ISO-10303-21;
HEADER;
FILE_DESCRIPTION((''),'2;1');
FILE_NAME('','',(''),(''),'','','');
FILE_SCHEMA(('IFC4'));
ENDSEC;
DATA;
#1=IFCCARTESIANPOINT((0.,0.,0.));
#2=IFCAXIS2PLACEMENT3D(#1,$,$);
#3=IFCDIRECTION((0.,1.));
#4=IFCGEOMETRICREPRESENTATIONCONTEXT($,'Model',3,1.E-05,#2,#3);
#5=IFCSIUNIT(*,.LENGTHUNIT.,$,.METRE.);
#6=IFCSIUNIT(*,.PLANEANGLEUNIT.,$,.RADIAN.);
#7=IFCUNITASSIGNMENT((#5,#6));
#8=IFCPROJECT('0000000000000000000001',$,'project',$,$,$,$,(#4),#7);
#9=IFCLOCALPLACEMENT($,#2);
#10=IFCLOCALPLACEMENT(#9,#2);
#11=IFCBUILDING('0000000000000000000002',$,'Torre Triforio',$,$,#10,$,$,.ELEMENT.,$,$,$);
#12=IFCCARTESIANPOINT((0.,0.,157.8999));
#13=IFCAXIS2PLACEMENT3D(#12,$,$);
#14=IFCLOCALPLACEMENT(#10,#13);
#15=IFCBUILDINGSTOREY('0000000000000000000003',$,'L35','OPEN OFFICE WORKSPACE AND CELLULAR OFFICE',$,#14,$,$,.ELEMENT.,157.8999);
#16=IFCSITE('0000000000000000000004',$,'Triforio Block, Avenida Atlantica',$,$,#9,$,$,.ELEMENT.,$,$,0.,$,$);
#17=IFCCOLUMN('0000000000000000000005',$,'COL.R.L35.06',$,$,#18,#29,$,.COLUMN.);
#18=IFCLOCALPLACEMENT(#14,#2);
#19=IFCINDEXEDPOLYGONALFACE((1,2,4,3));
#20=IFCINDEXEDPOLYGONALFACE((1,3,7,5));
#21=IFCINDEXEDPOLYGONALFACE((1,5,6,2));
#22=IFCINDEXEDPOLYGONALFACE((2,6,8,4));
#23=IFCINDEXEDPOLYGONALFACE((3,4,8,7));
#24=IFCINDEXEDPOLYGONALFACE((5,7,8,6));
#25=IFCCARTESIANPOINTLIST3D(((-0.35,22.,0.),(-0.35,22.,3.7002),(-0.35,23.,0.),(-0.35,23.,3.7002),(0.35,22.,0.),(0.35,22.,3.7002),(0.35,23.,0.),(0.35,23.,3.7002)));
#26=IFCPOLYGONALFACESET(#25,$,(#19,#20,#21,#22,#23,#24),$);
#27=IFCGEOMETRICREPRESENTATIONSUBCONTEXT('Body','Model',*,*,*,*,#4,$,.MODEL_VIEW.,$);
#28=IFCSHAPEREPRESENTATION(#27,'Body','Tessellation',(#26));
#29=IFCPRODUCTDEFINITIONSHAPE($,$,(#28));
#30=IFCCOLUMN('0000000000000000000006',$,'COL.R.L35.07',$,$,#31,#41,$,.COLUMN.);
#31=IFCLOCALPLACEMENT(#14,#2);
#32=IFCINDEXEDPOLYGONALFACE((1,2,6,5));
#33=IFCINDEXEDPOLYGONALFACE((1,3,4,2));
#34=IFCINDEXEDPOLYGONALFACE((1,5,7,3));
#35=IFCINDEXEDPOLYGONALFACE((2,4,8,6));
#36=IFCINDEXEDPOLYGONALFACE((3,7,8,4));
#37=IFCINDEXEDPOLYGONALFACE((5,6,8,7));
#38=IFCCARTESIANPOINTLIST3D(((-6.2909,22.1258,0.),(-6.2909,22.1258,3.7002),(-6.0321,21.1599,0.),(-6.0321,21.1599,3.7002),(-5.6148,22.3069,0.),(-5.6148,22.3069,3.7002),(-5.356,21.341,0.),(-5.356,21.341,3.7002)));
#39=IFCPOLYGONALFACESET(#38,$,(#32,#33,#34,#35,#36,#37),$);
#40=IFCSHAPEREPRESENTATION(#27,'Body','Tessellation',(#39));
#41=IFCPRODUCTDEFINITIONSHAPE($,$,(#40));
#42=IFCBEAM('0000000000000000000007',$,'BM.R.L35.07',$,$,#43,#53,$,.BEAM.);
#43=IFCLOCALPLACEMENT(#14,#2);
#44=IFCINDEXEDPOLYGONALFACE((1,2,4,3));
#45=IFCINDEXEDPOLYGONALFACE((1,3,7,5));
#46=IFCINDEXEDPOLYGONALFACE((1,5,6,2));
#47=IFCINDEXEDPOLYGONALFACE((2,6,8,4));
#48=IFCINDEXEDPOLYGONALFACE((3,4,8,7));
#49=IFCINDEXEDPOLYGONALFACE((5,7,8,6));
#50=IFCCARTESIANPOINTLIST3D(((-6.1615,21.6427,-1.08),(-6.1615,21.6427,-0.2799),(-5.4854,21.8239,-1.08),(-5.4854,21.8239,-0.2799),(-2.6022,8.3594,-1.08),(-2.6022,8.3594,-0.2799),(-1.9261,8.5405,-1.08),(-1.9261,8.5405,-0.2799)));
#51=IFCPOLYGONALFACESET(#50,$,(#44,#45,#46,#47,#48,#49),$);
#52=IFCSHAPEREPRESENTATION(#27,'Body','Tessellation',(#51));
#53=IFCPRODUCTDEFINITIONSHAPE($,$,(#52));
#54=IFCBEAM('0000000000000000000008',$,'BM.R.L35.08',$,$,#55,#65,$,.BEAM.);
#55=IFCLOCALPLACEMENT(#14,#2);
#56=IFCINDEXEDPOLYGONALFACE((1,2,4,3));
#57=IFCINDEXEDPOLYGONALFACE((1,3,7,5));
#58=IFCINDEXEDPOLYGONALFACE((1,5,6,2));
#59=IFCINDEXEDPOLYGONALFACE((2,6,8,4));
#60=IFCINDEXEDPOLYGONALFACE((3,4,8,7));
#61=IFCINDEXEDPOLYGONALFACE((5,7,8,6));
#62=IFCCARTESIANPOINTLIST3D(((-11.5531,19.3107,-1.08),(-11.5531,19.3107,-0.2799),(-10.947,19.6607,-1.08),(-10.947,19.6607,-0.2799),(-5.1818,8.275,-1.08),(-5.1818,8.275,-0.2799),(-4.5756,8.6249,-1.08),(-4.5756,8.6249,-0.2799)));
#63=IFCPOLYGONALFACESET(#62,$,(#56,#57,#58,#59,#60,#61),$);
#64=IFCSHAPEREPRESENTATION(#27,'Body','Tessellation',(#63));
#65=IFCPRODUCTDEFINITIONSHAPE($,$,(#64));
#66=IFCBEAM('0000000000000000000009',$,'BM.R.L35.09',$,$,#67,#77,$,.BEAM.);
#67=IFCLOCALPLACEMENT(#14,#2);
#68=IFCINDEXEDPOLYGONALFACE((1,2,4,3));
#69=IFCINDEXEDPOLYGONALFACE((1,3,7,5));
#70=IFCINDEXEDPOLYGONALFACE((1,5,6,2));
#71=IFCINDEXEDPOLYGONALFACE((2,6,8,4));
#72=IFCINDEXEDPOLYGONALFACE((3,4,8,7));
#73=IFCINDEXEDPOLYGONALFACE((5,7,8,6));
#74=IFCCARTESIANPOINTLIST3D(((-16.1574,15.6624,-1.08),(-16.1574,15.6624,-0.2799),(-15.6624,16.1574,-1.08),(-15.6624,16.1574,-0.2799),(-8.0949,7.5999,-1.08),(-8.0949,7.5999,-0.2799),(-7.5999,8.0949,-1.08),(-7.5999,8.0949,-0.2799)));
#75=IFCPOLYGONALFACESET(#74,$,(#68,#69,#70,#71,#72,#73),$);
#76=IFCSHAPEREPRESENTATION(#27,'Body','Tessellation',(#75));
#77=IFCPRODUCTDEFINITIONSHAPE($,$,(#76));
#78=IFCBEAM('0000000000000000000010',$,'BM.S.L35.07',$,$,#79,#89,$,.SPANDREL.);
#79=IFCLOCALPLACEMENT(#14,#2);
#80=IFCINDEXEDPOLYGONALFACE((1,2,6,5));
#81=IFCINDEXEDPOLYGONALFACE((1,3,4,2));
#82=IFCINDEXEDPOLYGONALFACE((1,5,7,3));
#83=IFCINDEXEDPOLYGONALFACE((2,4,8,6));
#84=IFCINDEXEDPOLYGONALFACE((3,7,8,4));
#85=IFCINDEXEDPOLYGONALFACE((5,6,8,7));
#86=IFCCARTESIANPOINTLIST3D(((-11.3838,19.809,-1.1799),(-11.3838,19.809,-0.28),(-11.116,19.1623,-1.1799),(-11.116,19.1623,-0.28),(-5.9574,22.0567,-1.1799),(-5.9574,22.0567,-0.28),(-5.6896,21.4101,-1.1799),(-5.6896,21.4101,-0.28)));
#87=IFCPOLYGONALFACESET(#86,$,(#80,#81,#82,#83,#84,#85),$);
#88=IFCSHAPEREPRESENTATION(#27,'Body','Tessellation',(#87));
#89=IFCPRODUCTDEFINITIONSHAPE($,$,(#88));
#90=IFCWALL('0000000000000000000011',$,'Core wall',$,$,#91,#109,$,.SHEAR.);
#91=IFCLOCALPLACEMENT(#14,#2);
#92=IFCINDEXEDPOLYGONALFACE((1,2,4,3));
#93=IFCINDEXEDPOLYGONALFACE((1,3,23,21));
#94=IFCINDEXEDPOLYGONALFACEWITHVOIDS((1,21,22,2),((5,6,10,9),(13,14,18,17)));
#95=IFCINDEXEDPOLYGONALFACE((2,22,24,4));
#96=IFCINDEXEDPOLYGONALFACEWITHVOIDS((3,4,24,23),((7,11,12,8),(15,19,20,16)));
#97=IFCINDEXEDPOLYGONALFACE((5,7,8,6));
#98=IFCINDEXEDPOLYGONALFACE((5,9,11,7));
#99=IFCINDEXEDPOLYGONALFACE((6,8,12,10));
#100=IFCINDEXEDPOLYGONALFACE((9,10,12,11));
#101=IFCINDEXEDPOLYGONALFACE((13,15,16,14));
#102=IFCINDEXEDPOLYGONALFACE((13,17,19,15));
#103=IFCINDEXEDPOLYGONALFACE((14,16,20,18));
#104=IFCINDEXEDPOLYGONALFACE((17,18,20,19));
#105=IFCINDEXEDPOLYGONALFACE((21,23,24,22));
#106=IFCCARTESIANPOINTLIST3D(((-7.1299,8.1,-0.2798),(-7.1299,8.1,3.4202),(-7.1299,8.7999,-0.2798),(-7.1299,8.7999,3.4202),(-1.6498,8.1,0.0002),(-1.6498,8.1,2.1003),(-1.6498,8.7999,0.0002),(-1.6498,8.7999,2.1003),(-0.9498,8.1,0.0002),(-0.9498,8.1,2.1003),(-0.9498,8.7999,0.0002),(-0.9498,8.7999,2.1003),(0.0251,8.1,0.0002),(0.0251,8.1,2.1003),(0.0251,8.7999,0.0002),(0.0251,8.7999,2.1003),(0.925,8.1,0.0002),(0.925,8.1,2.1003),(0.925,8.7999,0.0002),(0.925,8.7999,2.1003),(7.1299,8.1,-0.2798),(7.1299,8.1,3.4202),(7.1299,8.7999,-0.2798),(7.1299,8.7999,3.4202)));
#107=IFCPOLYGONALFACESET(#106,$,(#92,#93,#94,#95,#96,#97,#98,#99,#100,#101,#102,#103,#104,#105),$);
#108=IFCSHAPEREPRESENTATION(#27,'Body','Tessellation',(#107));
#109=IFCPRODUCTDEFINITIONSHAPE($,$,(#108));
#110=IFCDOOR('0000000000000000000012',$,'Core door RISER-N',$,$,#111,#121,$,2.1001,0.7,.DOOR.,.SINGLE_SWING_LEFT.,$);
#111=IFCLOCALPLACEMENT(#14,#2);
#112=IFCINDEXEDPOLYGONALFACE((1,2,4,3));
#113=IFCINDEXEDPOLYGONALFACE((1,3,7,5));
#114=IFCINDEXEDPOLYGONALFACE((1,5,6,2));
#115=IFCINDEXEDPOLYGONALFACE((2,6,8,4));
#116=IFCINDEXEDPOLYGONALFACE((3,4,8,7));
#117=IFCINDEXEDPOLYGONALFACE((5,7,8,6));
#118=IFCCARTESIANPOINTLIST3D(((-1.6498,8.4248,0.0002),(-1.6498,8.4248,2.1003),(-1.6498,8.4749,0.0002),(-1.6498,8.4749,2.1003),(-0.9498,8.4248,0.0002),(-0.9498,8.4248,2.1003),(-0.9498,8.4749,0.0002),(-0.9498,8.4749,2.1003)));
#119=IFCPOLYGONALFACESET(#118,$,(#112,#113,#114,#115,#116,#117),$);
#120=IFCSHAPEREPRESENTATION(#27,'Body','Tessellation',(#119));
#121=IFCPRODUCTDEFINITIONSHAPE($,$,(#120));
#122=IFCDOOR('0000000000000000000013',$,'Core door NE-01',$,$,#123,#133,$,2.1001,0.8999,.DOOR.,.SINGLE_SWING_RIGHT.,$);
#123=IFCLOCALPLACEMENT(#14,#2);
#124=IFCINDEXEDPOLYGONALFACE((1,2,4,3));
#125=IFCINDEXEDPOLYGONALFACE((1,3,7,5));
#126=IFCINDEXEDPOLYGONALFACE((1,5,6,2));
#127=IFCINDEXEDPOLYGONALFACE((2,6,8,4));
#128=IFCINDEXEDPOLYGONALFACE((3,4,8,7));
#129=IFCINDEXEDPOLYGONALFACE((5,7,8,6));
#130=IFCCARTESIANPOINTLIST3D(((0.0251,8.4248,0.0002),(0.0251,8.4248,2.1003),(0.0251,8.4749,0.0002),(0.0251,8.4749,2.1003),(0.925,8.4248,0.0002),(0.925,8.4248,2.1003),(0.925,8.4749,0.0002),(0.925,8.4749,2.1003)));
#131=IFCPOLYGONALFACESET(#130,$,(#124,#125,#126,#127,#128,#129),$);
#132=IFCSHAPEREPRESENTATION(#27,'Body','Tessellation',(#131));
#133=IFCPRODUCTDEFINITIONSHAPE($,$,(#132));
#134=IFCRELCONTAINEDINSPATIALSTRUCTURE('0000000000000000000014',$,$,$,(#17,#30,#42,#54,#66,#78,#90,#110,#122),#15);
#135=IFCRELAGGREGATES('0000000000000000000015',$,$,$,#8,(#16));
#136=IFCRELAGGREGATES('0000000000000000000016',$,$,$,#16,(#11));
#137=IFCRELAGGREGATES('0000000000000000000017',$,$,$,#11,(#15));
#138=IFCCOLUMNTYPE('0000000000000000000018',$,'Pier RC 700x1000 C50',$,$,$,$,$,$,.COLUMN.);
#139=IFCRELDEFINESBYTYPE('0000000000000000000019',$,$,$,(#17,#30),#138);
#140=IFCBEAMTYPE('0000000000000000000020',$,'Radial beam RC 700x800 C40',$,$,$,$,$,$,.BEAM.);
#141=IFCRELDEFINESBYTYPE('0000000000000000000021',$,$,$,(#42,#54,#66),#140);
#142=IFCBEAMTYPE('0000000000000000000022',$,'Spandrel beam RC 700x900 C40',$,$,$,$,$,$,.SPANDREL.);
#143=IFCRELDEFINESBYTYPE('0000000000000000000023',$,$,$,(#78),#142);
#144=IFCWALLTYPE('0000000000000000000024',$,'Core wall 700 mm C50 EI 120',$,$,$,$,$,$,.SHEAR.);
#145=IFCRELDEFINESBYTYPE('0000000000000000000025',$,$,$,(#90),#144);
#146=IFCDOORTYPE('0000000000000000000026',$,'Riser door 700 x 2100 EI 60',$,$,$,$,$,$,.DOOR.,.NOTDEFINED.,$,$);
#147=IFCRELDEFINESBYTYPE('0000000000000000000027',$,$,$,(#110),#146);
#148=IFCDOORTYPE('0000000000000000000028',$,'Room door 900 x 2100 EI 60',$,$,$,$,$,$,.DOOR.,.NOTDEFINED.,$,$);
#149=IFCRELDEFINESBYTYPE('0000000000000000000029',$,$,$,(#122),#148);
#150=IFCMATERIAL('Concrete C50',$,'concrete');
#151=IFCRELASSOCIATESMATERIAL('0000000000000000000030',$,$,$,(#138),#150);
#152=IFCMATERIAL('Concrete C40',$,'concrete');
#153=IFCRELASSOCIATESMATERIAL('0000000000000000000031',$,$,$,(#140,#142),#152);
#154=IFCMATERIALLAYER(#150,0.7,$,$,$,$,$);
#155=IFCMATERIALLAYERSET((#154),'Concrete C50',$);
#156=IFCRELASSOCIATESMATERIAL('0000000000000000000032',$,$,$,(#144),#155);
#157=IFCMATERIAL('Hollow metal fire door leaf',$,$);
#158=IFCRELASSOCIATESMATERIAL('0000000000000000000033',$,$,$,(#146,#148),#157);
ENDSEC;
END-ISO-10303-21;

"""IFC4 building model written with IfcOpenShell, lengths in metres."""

from ifc_helpers import new_model, si_unit, direction, frame, frame_2d, origin, origin_2d, place, context, subcontext, project, spatial, rectangle, extrude, material, layer, layer_set, material_profile, profile_set, type_object, element, fill, save


model = new_model("IFC4")

# Units and contexts
model_context = context("Model", 3, precision=1e-05, world=origin(), true_north=direction((0.0, 1.0)))
body_context = subcontext(model_context, "Body", "Model", "MODEL_VIEW")
ifc_project = project(units=[si_unit("LENGTHUNIT", "METRE"), si_unit("PLANEANGLEUNIT", "RADIAN")], contexts=[model_context])

# Site, building, storey
site_placement = place(None, origin())
site = spatial("IfcSite", under=ifc_project, at=site_placement, Name="Triforio Block, Avenida Atlantica", CompositionType="ELEMENT", RefElevation=0.0)
building_placement = place(site_placement, origin())
building = spatial("IfcBuilding", under=site, at=building_placement, Name="Torre Triforio", CompositionType="ELEMENT")
storey_placement = place(building_placement, frame((0.0, 0.0, 157.8999)))
storey = spatial("IfcBuildingStorey", under=building, at=storey_placement, Name="L35", Description="OPEN OFFICE WORKSPACE AND CELLULAR OFFICE", CompositionType="ELEMENT", Elevation=157.8999)

# Columns
ifc_material_1 = material(Name="Concrete C50", Category="concrete")
ifc_material_profile_1 = material_profile(ifc_material_1, rectangle(XDim=0.7, YDim=1.0, at=origin_2d()), Name="RC 700x1000")
ifc_profile_set_1 = profile_set([ifc_material_profile_1], Name="Concrete C50")
column_type = type_object("IfcColumnType", Name="Pier RC 700x1000 C50", PredefinedType="COLUMN", material=ifc_profile_set_1)
for number, where, z_axis, x_axis, name in (
    (1, (0.0, 22.5, 0.0), (0.0, 0.0, 1.0), (-1.0, 0.0, 0.0), "COL.R.L35.06"),
    (2, (-5.8235, 21.7334, 0.0), (0.0, 0.0, 1.0), (-0.965926, -0.258819, 0.0), "COL.R.L35.07"),
):
    element("IfcColumn", number, at=place(storey_placement, frame(where, z_axis=z_axis, x_axis=x_axis)), inside=storey, type_object=column_type, Name=name, PredefinedType="COLUMN", context=body_context, shape_type="SweptSolid", body=[
        extrude(rectangle(XDim=0.7, YDim=1.0, at=origin_2d()), origin(), (0.0, 0.0, 1.0), 3.7002),
    ])

# Beams
ifc_material_2 = material(Name="Concrete C40", Category="concrete")
ifc_material_profile_2 = material_profile(ifc_material_2, rectangle(XDim=0.7, YDim=0.8, at=origin_2d()), Name="RC 700x800")
ifc_profile_set_2 = profile_set([ifc_material_profile_2], Name="Concrete C40")
beam_type_1 = type_object("IfcBeamType", Name="Radial beam RC 700x800 C40", PredefinedType="BEAM", material=ifc_profile_set_2)
beam_1_placement = place(storey_placement, frame((-2.2642, 8.45, -0.6799), z_axis=(-0.258822, 0.965925, 0.0), x_axis=(-0.965925, -0.258822, 0.0)))
element("IfcBeam", 3, at=beam_1_placement, inside=storey, type_object=beam_type_1, Name="BM.R.L35.07", PredefinedType="BEAM", context=body_context, shape_type="SweptSolid", body=[
    extrude(rectangle(XDim=0.7, YDim=0.8, at=origin_2d()), origin(), (0.0, 0.0, 1.0), 13.752),
])
beam_2_placement = place(storey_placement, frame((-4.8787, 8.45, -0.6799), z_axis=(-0.499994, 0.866029, 0.0), x_axis=(-0.866029, -0.499994, 0.0)))
element("IfcBeam", 4, at=beam_2_placement, inside=storey, type_object=beam_type_1, Name="BM.R.L35.08", PredefinedType="BEAM", context=body_context, shape_type="SweptSolid", body=[
    extrude(rectangle(XDim=0.7, YDim=0.8, at=origin_2d()), origin(), (0.0, 0.0, 1.0), 12.7429),
])
beam_3_placement = place(storey_placement, frame((-7.8474, 7.8474, -0.6799), z_axis=(-0.707107, 0.707107, 0.0), x_axis=(-0.707107, -0.707107, 0.0)))
element("IfcBeam", 5, at=beam_3_placement, inside=storey, type_object=beam_type_1, Name="BM.R.L35.09", PredefinedType="BEAM", context=body_context, shape_type="SweptSolid", body=[
    extrude(rectangle(XDim=0.7, YDim=0.8, at=origin_2d()), origin(), (0.0, 0.0, 1.0), 11.4021),
])
ifc_material_profile_3 = material_profile(ifc_material_2, rectangle(XDim=0.7, YDim=0.8999, at=origin_2d()), Name="RC 700x900")
ifc_profile_set_3 = profile_set([ifc_material_profile_3], Name="Concrete C40")
beam_type_2 = type_object("IfcBeamType", Name="Spandrel beam RC 700x900 C40", PredefinedType="SPANDREL", material=ifc_profile_set_3)
beam_4_placement = place(storey_placement, frame((-5.8235, 21.7334, -0.73), z_axis=(-0.923875, -0.382693, 0.0), x_axis=(0.382693, -0.923875, 0.0)))
element("IfcBeam", 6, at=beam_4_placement, inside=storey, type_object=beam_type_2, Name="BM.S.L35.07", PredefinedType="SPANDREL", context=body_context, shape_type="SweptSolid", body=[
    extrude(rectangle(XDim=0.7, YDim=0.8999, at=origin_2d()), origin(), (0.0, 0.0, 1.0), 5.8735),
])

# Wall, openings, doors
ifc_layer_1 = layer(ifc_material_1, 0.7)
ifc_layer_set_1 = layer_set([ifc_layer_1], Name="Concrete C50")
wall_type_1 = type_object("IfcWallType", Name="Core wall 700 mm C50 EI 120", PredefinedType="SHEAR", material=ifc_layer_set_1)
wall_1_placement = place(storey_placement, frame((-7.1299, 8.45, -0.2798), z_axis=(0.0, 0.0, 1.0), x_axis=(1.0, 0.0, 0.0)))
wall_1 = element("IfcWall", 7, at=wall_1_placement, inside=storey, type_object=wall_type_1, Name="Core wall", PredefinedType="SHEAR", context=body_context, shape_type="SweptSolid", body=[
    extrude(rectangle(XDim=14.2598, YDim=0.7, at=frame_2d((7.1299, 0.0))), origin(), (0.0, 0.0, 1.0), 3.7),
])
opening_1_placement = place(wall_1_placement, frame((5.48, 0.0, 0.28)))
opening_1 = element("IfcOpeningElement", 8, at=opening_1_placement, cuts=wall_1, PredefinedType="OPENING", context=body_context, shape_type="SweptSolid", body=[
    extrude(rectangle(XDim=0.7, YDim=2.1001, at=frame_2d((0.3501, 1.05))), frame((0.0, 0.3599, 0.0), z_axis=(0.0, -1.0, 0.0), x_axis=(1.0, 0.0, 0.0)), (0.0, 0.0, 1.0), 0.72),
])
opening_2_placement = place(wall_1_placement, frame((7.155, 0.0, 0.28)))
opening_2 = element("IfcOpeningElement", 9, at=opening_2_placement, cuts=wall_1, PredefinedType="OPENING", context=body_context, shape_type="SweptSolid", body=[
    extrude(rectangle(XDim=0.8999, YDim=2.1001, at=frame_2d((0.45, 1.05))), frame((0.0, 0.3599, 0.0), z_axis=(0.0, -1.0, 0.0), x_axis=(1.0, 0.0, 0.0)), (0.0, 0.0, 1.0), 0.72),
])
ifc_material_3 = material(Name="Hollow metal fire door leaf")
door_type_1 = type_object("IfcDoorType", Name="Riser door 700 x 2100 EI 60", OperationType="NOTDEFINED", PredefinedType="DOOR", material=ifc_material_3)
door_1_placement = place(opening_1_placement, origin())
door_1 = element("IfcDoor", 10, at=door_1_placement, inside=storey, type_object=door_type_1, Name="Core door RISER-N", OperationType="SINGLE_SWING_LEFT", OverallHeight=2.1001, OverallWidth=0.7, PredefinedType="DOOR", context=body_context, shape_type="SweptSolid", body=[
    extrude(rectangle(XDim=0.7, YDim=2.1001, at=frame_2d((0.3501, 1.05))), frame((0.0, 0.0249, 0.0), z_axis=(0.0, -1.0, 0.0), x_axis=(1.0, 0.0, 0.0)), (0.0, 0.0, 1.0), 0.05),
])
fill(opening_1, door_1)
door_type_2 = type_object("IfcDoorType", Name="Room door 900 x 2100 EI 60", OperationType="NOTDEFINED", PredefinedType="DOOR", material=ifc_material_3)
door_2_placement = place(opening_2_placement, origin())
door_2 = element("IfcDoor", 11, at=door_2_placement, inside=storey, type_object=door_type_2, Name="Core door NE-01", OperationType="SINGLE_SWING_RIGHT", OverallHeight=2.1001, OverallWidth=0.8999, PredefinedType="DOOR", context=body_context, shape_type="SweptSolid", body=[
    extrude(rectangle(XDim=0.8999, YDim=2.1001, at=frame_2d((0.45, 1.05))), frame((0.0, 0.0249, 0.0), z_axis=(0.0, -1.0, 0.0), x_axis=(1.0, 0.0, 0.0)), (0.0, 0.0, 1.0), 0.05),
])
fill(opening_2, door_2)

save(model, "model.ifc")
